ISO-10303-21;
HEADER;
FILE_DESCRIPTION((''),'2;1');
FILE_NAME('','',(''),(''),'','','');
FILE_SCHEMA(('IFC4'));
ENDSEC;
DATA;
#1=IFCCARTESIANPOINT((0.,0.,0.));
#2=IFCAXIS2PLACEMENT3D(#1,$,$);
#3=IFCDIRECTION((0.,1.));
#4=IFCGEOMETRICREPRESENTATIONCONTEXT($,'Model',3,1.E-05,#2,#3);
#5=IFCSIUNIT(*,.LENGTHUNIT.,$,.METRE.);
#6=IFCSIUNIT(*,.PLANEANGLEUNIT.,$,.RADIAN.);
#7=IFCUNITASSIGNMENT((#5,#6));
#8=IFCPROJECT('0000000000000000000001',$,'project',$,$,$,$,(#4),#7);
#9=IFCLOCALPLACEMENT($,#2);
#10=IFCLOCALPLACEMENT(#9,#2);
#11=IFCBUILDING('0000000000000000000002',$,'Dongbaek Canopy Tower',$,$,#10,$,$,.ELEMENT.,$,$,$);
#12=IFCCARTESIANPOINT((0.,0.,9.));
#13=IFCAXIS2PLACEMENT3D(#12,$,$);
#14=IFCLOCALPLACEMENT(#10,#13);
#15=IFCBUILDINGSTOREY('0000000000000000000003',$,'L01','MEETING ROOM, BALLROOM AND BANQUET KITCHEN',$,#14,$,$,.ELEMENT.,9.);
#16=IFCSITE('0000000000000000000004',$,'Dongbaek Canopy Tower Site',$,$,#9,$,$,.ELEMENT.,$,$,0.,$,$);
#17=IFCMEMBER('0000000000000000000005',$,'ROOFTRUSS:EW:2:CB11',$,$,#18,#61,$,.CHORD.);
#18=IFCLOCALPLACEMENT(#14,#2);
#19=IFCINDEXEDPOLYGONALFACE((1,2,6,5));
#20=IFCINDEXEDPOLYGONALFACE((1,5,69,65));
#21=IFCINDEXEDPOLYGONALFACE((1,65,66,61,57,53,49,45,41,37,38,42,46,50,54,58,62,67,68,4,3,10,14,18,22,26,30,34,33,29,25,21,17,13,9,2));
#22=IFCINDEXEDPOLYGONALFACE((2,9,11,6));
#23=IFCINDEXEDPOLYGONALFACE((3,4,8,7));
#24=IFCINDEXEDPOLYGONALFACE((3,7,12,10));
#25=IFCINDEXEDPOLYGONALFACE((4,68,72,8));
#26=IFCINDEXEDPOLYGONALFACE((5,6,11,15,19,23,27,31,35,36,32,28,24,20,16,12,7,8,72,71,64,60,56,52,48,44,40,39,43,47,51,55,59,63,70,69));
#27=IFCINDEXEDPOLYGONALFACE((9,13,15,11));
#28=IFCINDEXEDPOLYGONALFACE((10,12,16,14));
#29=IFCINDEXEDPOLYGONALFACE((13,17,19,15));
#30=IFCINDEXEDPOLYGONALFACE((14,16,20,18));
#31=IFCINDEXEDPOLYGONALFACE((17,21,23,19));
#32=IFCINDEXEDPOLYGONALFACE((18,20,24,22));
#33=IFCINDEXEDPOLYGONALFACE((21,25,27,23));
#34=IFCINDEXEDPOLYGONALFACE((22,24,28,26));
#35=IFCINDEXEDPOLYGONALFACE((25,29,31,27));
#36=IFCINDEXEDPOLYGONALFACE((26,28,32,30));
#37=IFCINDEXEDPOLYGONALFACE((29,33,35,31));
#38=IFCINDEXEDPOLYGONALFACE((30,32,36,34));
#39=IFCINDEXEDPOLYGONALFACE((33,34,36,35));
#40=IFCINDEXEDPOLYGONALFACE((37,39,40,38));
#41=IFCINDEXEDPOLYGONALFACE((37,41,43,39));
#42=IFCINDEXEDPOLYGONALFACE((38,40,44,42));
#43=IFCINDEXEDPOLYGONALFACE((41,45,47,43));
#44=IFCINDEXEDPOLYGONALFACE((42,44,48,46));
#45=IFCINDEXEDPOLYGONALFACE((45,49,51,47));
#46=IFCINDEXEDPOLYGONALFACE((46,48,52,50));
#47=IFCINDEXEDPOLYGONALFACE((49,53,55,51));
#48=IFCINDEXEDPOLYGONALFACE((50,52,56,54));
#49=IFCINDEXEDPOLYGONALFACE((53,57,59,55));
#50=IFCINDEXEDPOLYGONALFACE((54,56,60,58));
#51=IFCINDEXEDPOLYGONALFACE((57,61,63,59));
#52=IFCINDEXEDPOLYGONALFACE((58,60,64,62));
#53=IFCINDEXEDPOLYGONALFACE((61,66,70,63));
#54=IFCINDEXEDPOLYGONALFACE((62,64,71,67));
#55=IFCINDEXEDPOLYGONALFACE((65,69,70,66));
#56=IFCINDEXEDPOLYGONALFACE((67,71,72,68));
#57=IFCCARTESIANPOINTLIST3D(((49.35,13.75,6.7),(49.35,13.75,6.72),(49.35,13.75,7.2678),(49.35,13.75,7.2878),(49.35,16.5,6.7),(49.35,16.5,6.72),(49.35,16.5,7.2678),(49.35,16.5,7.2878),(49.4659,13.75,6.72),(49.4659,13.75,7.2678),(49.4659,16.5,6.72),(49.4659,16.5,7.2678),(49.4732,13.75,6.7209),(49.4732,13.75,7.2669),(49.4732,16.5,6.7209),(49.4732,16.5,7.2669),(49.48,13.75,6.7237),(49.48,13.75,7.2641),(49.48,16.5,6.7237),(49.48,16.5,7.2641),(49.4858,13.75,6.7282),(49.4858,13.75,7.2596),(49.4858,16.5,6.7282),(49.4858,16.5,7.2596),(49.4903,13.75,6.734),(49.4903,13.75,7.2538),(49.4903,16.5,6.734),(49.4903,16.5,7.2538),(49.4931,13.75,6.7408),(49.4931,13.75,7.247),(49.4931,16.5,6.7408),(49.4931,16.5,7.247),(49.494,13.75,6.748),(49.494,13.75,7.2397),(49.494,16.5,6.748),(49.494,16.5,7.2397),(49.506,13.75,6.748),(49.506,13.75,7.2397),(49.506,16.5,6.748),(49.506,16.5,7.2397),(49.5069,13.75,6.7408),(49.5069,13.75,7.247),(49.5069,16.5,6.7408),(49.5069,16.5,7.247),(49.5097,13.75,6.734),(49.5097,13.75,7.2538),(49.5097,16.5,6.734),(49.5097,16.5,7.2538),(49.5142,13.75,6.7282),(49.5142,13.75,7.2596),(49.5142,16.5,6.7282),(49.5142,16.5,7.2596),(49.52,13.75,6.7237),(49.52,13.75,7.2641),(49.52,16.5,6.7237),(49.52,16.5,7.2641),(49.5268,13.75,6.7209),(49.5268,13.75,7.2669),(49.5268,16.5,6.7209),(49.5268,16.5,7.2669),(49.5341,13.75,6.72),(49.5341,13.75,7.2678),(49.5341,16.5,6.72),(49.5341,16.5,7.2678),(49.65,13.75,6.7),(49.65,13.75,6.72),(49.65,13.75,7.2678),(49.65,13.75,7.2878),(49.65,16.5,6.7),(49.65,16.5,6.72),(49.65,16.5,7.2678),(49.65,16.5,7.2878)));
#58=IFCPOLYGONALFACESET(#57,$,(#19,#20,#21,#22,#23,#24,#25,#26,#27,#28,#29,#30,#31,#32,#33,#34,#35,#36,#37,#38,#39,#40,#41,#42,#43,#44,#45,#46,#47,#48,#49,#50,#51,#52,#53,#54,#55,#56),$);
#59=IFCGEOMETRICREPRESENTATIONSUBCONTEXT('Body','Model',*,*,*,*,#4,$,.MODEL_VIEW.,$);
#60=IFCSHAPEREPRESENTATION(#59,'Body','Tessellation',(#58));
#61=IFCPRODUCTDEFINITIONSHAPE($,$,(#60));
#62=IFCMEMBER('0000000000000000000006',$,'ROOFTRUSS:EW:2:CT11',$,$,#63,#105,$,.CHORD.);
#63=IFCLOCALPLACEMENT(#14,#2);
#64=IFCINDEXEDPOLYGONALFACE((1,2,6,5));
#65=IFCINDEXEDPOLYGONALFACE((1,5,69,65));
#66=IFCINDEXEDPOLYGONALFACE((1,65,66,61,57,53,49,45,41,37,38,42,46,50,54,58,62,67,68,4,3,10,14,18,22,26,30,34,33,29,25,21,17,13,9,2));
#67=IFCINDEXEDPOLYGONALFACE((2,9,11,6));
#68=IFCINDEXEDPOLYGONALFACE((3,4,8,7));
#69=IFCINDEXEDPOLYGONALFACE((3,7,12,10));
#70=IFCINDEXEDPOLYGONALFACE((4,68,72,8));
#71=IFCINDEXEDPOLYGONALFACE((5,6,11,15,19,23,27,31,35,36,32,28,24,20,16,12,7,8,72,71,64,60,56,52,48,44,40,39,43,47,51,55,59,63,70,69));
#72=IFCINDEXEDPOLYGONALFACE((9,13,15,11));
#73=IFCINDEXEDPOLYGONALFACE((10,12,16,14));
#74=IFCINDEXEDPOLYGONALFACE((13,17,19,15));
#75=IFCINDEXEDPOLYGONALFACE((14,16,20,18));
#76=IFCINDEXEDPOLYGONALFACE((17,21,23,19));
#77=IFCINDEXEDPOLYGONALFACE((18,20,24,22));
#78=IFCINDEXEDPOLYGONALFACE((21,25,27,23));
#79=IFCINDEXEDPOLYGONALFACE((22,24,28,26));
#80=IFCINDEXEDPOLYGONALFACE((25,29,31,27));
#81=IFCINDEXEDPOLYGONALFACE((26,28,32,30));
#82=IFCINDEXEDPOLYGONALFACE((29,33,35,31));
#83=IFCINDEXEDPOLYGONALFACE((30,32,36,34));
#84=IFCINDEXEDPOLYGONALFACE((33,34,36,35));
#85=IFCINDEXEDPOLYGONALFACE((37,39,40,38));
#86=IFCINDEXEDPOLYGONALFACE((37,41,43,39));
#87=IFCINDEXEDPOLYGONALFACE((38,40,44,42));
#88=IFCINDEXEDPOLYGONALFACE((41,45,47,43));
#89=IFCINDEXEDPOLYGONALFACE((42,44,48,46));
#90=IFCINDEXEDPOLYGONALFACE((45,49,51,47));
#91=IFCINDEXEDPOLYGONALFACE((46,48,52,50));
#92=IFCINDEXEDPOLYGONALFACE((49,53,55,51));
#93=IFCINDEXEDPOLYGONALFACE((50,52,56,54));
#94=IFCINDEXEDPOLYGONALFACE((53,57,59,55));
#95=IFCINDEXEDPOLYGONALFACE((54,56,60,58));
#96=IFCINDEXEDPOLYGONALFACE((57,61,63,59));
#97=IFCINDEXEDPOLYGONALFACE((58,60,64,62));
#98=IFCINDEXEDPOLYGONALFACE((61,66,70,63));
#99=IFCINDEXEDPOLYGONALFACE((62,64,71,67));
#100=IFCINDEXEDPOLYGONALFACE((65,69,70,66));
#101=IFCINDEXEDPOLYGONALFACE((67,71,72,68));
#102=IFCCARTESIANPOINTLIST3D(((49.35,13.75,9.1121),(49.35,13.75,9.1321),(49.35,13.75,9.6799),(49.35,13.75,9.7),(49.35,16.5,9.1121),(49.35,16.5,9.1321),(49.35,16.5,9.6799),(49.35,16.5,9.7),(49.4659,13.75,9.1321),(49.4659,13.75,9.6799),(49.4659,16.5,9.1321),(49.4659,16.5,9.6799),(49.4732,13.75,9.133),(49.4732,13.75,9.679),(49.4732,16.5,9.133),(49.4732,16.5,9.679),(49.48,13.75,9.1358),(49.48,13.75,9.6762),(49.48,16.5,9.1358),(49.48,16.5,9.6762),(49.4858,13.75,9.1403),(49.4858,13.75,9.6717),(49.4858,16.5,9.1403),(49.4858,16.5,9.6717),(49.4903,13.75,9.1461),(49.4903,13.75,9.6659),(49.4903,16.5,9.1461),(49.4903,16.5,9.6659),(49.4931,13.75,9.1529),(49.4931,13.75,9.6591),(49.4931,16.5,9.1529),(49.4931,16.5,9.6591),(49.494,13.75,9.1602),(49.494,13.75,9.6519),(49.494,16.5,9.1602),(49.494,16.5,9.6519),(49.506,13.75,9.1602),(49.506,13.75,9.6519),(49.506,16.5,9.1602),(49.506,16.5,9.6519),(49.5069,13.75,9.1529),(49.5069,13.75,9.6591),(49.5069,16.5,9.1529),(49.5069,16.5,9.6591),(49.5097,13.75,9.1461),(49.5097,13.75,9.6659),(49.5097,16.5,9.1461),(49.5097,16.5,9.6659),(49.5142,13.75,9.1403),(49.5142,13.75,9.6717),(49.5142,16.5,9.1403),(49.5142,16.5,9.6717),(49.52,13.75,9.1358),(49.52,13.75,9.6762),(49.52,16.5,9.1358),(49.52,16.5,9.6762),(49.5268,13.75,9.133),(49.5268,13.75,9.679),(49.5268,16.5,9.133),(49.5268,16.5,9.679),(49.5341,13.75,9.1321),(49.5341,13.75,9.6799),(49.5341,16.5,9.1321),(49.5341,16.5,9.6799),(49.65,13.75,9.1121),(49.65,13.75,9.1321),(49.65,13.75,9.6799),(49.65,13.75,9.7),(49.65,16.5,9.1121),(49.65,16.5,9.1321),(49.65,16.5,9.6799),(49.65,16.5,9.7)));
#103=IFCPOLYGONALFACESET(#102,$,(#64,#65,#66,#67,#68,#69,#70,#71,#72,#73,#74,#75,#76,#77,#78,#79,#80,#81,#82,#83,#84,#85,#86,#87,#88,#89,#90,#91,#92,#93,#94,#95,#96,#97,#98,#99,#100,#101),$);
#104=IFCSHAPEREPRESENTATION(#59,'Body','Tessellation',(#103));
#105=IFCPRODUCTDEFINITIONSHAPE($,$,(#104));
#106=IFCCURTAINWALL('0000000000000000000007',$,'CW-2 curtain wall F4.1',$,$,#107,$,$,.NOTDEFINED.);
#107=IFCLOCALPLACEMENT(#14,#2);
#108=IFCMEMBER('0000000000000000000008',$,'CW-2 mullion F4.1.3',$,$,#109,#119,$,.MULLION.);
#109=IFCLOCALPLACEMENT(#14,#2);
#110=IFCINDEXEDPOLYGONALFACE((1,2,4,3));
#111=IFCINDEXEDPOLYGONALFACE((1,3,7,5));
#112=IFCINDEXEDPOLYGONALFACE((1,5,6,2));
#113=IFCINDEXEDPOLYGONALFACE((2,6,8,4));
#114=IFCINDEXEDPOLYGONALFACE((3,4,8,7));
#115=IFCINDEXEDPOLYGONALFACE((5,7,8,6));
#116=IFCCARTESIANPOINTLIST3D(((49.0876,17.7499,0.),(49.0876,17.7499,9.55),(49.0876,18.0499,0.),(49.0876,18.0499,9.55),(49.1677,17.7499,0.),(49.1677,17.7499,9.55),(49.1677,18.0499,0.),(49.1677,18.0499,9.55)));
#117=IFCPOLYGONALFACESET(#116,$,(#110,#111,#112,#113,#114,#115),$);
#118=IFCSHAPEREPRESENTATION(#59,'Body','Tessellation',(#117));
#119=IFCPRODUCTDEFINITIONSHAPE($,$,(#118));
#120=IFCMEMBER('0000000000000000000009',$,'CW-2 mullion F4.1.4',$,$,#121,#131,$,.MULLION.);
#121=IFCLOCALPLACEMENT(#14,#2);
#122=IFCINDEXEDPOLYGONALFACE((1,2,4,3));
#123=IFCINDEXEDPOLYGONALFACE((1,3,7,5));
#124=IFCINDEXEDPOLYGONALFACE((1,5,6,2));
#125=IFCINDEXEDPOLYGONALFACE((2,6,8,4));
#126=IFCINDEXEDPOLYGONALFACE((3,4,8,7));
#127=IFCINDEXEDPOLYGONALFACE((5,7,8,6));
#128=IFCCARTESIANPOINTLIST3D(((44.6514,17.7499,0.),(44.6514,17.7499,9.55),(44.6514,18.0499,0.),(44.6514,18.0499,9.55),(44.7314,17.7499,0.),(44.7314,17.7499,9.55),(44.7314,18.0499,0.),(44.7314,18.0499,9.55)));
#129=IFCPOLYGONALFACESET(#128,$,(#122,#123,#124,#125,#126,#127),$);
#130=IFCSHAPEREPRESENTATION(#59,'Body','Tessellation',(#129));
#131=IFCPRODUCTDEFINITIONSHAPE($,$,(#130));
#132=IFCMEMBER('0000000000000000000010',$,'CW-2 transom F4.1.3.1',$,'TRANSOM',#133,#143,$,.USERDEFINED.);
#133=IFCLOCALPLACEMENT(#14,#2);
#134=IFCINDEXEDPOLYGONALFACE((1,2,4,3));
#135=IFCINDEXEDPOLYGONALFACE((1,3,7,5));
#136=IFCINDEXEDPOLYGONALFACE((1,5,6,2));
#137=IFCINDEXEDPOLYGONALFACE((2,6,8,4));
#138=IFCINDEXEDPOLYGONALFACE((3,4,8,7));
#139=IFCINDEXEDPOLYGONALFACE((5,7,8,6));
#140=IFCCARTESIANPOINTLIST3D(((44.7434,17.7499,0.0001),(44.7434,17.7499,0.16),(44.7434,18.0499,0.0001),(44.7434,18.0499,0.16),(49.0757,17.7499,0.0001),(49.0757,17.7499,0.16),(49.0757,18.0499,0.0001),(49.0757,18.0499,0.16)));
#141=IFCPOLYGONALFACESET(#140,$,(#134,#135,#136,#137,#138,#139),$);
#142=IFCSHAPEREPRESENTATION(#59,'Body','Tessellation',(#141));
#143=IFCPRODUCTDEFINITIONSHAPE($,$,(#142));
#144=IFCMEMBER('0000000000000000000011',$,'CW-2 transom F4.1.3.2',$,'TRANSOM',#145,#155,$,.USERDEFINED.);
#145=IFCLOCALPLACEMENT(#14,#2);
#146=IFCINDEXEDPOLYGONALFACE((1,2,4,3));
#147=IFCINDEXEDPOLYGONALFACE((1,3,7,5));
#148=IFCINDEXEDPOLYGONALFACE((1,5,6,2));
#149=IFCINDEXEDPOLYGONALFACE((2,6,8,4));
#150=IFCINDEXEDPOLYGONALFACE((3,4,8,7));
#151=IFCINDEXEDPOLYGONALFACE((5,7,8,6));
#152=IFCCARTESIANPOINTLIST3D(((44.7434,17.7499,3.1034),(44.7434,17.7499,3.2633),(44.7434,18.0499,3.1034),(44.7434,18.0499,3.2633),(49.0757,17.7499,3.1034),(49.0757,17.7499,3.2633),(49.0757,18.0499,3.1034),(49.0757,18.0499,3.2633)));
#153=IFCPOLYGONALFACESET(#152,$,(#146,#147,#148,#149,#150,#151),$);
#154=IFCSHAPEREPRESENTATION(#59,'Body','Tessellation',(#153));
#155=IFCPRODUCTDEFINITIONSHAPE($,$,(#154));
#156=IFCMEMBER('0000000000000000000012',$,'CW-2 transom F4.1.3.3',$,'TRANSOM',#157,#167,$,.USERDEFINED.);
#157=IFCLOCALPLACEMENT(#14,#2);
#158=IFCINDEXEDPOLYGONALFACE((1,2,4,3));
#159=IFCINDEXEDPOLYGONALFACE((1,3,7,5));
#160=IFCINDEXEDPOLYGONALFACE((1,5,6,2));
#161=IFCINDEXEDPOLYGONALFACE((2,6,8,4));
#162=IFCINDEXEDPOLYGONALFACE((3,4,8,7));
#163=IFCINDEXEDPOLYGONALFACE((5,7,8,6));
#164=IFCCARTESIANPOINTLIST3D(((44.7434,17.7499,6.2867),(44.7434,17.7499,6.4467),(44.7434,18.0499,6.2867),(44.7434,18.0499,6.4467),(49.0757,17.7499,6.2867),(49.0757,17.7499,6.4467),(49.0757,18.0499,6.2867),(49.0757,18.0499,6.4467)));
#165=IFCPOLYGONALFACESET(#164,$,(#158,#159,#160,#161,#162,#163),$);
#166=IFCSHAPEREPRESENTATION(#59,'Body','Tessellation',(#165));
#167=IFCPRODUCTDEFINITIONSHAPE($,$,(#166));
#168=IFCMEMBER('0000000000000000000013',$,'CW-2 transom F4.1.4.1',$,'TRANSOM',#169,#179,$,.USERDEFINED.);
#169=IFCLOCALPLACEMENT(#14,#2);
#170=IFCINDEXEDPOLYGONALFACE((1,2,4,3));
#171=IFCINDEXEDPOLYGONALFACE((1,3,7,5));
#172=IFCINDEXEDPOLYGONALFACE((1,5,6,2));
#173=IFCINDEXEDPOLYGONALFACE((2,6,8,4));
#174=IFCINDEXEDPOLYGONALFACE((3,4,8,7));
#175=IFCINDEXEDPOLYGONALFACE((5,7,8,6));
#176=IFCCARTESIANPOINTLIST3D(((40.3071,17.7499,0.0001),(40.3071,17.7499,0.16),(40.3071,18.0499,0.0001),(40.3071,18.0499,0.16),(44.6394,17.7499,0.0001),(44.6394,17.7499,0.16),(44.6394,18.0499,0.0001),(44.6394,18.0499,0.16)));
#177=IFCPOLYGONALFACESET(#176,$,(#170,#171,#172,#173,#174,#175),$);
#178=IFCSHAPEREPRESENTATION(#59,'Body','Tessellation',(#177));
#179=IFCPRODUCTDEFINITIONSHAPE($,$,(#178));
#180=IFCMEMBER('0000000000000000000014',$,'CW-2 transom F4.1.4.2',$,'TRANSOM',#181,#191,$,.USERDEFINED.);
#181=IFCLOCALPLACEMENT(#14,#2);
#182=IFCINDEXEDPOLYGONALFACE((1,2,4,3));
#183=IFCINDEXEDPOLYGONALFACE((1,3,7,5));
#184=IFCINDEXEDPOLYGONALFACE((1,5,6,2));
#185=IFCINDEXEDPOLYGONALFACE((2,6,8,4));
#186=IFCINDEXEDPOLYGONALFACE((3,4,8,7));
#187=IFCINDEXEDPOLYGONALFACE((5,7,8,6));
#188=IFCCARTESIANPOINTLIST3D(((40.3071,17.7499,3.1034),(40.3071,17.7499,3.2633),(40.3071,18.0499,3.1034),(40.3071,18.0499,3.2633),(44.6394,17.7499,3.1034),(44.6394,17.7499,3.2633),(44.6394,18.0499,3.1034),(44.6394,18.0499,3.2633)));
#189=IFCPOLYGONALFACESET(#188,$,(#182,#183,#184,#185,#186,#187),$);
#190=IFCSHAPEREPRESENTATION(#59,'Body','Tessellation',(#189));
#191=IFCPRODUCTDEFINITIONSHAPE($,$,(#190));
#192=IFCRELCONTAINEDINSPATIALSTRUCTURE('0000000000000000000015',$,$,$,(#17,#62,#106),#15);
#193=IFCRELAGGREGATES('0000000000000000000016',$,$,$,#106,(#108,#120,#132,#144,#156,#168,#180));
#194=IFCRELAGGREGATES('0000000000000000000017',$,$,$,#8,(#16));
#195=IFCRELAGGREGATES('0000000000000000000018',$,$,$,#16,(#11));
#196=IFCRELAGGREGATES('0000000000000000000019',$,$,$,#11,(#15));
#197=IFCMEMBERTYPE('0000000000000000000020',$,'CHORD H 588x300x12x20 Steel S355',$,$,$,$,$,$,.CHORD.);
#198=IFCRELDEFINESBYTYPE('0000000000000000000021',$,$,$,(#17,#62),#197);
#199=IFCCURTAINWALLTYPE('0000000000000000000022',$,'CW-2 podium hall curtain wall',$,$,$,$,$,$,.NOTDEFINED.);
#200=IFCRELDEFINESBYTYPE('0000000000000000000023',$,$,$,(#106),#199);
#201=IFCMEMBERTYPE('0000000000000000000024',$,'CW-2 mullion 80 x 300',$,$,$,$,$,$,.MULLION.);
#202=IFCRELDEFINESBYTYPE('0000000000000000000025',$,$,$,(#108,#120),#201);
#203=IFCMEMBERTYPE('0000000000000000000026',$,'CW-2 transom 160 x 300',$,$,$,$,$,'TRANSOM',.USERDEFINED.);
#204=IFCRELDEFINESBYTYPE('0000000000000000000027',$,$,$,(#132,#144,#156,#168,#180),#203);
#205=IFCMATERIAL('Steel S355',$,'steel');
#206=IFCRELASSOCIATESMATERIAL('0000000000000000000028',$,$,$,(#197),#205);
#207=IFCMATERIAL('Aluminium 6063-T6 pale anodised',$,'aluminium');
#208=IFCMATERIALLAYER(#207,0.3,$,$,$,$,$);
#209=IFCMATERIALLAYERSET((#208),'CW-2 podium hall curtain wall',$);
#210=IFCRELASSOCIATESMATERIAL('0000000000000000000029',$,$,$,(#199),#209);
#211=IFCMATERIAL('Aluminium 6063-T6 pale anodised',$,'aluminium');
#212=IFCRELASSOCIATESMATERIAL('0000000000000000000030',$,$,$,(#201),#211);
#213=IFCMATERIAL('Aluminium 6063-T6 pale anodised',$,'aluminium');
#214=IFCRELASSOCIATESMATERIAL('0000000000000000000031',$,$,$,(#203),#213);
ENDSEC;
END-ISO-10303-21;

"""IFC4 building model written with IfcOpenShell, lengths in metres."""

from ifc_helpers import new_model, si_unit, direction, frame, origin, origin_2d, place, context, subcontext, project, spatial, rectangle, i_section, extrude, material, layer, layer_set, material_profile, profile_set, type_object, element, aggregate, save


model = new_model("IFC4")

# Units and contexts
model_context = context("Model", 3, precision=1e-05, world=origin(), true_north=direction((0.0, 1.0)))
body_context = subcontext(model_context, "Body", "Model", "MODEL_VIEW")
ifc_project = project(units=[si_unit("LENGTHUNIT", "METRE"), si_unit("PLANEANGLEUNIT", "RADIAN")], contexts=[model_context])

# Site, building, storey
site_placement = place(None, origin())
site = spatial("IfcSite", under=ifc_project, at=site_placement, Name="Dongbaek Canopy Tower Site", CompositionType="ELEMENT", RefElevation=0.0)
building_placement = place(site_placement, origin())
building = spatial("IfcBuilding", under=site, at=building_placement, Name="Dongbaek Canopy Tower", CompositionType="ELEMENT")
storey_placement = place(building_placement, frame((0.0, 0.0, 9.0)))
storey = spatial("IfcBuildingStorey", under=building, at=storey_placement, Name="L01", Description="MEETING ROOM, BALLROOM AND BANQUET KITCHEN", CompositionType="ELEMENT", Elevation=9.0)

# Members
ifc_material_1 = material(Name="Steel S355", Category="steel")
ifc_material_profile_1 = material_profile(ifc_material_1, i_section(OverallWidth=0.3, OverallDepth=0.5879, WebThickness=0.012, FlangeThickness=0.02, FilletRadius=0.0281, at=origin_2d()), Name="CHORD H 588x300x12x20 Steel S355")
ifc_profile_set_1 = profile_set([ifc_material_profile_1], Name="Steel S355")
member_type_1 = type_object("IfcMemberType", Name="CHORD H 588x300x12x20 Steel S355", PredefinedType="CHORD", material=ifc_profile_set_1)
for number, where, z_axis, x_axis, name in (
    (1, (49.5, 13.75, 6.9939), (0.0, 1.0, 0.0), (-1.0, 0.0, 0.0), "ROOFTRUSS:EW:2:CB11"),
    (2, (49.5, 13.75, 9.406), (0.0, 1.0, 0.0), (-1.0, 0.0, 0.0), "ROOFTRUSS:EW:2:CT11"),
):
    element("IfcMember", number, at=place(storey_placement, frame(where, z_axis=z_axis, x_axis=x_axis)), inside=storey, type_object=member_type_1, Name=name, PredefinedType="CHORD", context=body_context, shape_type="SweptSolid", body=[
        extrude(i_section(OverallWidth=0.3, OverallDepth=0.5879, WebThickness=0.012, FlangeThickness=0.02, FilletRadius=0.0281, at=origin_2d()), origin(), (0.0, 0.0, 1.0), 2.75),
    ])

# Curtain wall, members
ifc_material_2 = material(Name="Aluminium 6063-T6 pale anodised", Category="aluminium")
ifc_layer_1 = layer(ifc_material_2, 0.3)
ifc_layer_set_1 = layer_set([ifc_layer_1], Name="CW-2 podium hall curtain wall")
curtain_wall_type = type_object("IfcCurtainWallType", Name="CW-2 podium hall curtain wall", PredefinedType="NOTDEFINED", material=ifc_layer_set_1)
curtain_wall_placement = place(storey_placement, origin())
curtain_wall = element("IfcCurtainWall", 3, at=curtain_wall_placement, inside=storey, type_object=curtain_wall_type, Name="CW-2 curtain wall F4.1", PredefinedType="NOTDEFINED")
ifc_material_3 = material(Name="Aluminium 6063-T6 pale anodised", Category="aluminium")
ifc_material_profile_2 = material_profile(ifc_material_3, rectangle(XDim=0.3, YDim=0.0801, at=origin_2d()), Name="CW-2 mullion 80 x 300")
ifc_profile_set_2 = profile_set([ifc_material_profile_2], Name="Aluminium 6063-T6 pale anodised")
member_type_2 = type_object("IfcMemberType", Name="CW-2 mullion 80 x 300", PredefinedType="MULLION", material=ifc_profile_set_2)
member_1_placement = place(storey_placement, frame((49.1277, 17.8999, 0.0), z_axis=(0.0, 0.0, 1.0), x_axis=(0.0, 1.0, 0.0)))
member_1 = element("IfcMember", 4, at=member_1_placement, type_object=member_type_2, Name="CW-2 mullion F4.1.3", PredefinedType="MULLION", context=body_context, shape_type="SweptSolid", body=[
    extrude(rectangle(XDim=0.3, YDim=0.0801, at=origin_2d()), origin(), (0.0, 0.0, 1.0), 9.55),
])
member_2_placement = place(storey_placement, frame((44.6914, 17.8999, 0.0), z_axis=(0.0, 0.0, 1.0), x_axis=(0.0, 1.0, 0.0)))
member_2 = element("IfcMember", 5, at=member_2_placement, type_object=member_type_2, Name="CW-2 mullion F4.1.4", PredefinedType="MULLION", context=body_context, shape_type="SweptSolid", body=[
    extrude(rectangle(XDim=0.3, YDim=0.0801, at=origin_2d()), origin(), (0.0, 0.0, 1.0), 9.55),
])
ifc_material_4 = material(Name="Aluminium 6063-T6 pale anodised", Category="aluminium")
ifc_material_profile_3 = material_profile(ifc_material_4, rectangle(XDim=0.3, YDim=0.1599, at=origin_2d()), Name="CW-2 transom 160 x 300")
ifc_profile_set_3 = profile_set([ifc_material_profile_3], Name="Aluminium 6063-T6 pale anodised")
member_type_3 = type_object("IfcMemberType", Name="CW-2 transom 160 x 300", ElementType="TRANSOM", PredefinedType="USERDEFINED", material=ifc_profile_set_3)
member_3_placement = place(storey_placement, frame((49.0757, 17.8999, 0.0801), z_axis=(-1.0, 0.0, 0.0), x_axis=(0.0, -1.0, 0.0)))
member_3 = element("IfcMember", 6, at=member_3_placement, type_object=member_type_3, Name="CW-2 transom F4.1.3.1", ObjectType="TRANSOM", PredefinedType="USERDEFINED", context=body_context, shape_type="SweptSolid", body=[
    extrude(rectangle(XDim=0.3, YDim=0.1599, at=origin_2d()), origin(), (0.0, 0.0, 1.0), 4.3323),
])
member_4_placement = place(storey_placement, frame((49.0757, 17.8999, 3.1833), z_axis=(-1.0, 0.0, 0.0), x_axis=(0.0, -1.0, 0.0)))
member_4 = element("IfcMember", 7, at=member_4_placement, type_object=member_type_3, Name="CW-2 transom F4.1.3.2", ObjectType="TRANSOM", PredefinedType="USERDEFINED", context=body_context, shape_type="SweptSolid", body=[
    extrude(rectangle(XDim=0.3, YDim=0.1599, at=origin_2d()), origin(), (0.0, 0.0, 1.0), 4.3323),
])
member_5_placement = place(storey_placement, frame((49.0757, 17.8999, 6.3667), z_axis=(-1.0, 0.0, 0.0), x_axis=(0.0, -1.0, 0.0)))
member_5 = element("IfcMember", 8, at=member_5_placement, type_object=member_type_3, Name="CW-2 transom F4.1.3.3", ObjectType="TRANSOM", PredefinedType="USERDEFINED", context=body_context, shape_type="SweptSolid", body=[
    extrude(rectangle(XDim=0.3, YDim=0.1599, at=origin_2d()), origin(), (0.0, 0.0, 1.0), 4.3323),
])
member_6_placement = place(storey_placement, frame((44.6394, 17.8999, 0.0801), z_axis=(-1.0, 0.0, 0.0), x_axis=(0.0, -1.0, 0.0)))
member_6 = element("IfcMember", 9, at=member_6_placement, type_object=member_type_3, Name="CW-2 transom F4.1.4.1", ObjectType="TRANSOM", PredefinedType="USERDEFINED", context=body_context, shape_type="SweptSolid", body=[
    extrude(rectangle(XDim=0.3, YDim=0.1599, at=origin_2d()), origin(), (0.0, 0.0, 1.0), 4.3323),
])
member_7_placement = place(storey_placement, frame((44.6394, 17.8999, 3.1833), z_axis=(-1.0, 0.0, 0.0), x_axis=(0.0, -1.0, 0.0)))
member_7 = element("IfcMember", 10, at=member_7_placement, type_object=member_type_3, Name="CW-2 transom F4.1.4.2", ObjectType="TRANSOM", PredefinedType="USERDEFINED", context=body_context, shape_type="SweptSolid", body=[
    extrude(rectangle(XDim=0.3, YDim=0.1599, at=origin_2d()), origin(), (0.0, 0.0, 1.0), 4.3323),
])

aggregate(curtain_wall, [member_1, member_2, member_3, member_4, member_5, member_6, member_7])

save(model, "model.ifc")
